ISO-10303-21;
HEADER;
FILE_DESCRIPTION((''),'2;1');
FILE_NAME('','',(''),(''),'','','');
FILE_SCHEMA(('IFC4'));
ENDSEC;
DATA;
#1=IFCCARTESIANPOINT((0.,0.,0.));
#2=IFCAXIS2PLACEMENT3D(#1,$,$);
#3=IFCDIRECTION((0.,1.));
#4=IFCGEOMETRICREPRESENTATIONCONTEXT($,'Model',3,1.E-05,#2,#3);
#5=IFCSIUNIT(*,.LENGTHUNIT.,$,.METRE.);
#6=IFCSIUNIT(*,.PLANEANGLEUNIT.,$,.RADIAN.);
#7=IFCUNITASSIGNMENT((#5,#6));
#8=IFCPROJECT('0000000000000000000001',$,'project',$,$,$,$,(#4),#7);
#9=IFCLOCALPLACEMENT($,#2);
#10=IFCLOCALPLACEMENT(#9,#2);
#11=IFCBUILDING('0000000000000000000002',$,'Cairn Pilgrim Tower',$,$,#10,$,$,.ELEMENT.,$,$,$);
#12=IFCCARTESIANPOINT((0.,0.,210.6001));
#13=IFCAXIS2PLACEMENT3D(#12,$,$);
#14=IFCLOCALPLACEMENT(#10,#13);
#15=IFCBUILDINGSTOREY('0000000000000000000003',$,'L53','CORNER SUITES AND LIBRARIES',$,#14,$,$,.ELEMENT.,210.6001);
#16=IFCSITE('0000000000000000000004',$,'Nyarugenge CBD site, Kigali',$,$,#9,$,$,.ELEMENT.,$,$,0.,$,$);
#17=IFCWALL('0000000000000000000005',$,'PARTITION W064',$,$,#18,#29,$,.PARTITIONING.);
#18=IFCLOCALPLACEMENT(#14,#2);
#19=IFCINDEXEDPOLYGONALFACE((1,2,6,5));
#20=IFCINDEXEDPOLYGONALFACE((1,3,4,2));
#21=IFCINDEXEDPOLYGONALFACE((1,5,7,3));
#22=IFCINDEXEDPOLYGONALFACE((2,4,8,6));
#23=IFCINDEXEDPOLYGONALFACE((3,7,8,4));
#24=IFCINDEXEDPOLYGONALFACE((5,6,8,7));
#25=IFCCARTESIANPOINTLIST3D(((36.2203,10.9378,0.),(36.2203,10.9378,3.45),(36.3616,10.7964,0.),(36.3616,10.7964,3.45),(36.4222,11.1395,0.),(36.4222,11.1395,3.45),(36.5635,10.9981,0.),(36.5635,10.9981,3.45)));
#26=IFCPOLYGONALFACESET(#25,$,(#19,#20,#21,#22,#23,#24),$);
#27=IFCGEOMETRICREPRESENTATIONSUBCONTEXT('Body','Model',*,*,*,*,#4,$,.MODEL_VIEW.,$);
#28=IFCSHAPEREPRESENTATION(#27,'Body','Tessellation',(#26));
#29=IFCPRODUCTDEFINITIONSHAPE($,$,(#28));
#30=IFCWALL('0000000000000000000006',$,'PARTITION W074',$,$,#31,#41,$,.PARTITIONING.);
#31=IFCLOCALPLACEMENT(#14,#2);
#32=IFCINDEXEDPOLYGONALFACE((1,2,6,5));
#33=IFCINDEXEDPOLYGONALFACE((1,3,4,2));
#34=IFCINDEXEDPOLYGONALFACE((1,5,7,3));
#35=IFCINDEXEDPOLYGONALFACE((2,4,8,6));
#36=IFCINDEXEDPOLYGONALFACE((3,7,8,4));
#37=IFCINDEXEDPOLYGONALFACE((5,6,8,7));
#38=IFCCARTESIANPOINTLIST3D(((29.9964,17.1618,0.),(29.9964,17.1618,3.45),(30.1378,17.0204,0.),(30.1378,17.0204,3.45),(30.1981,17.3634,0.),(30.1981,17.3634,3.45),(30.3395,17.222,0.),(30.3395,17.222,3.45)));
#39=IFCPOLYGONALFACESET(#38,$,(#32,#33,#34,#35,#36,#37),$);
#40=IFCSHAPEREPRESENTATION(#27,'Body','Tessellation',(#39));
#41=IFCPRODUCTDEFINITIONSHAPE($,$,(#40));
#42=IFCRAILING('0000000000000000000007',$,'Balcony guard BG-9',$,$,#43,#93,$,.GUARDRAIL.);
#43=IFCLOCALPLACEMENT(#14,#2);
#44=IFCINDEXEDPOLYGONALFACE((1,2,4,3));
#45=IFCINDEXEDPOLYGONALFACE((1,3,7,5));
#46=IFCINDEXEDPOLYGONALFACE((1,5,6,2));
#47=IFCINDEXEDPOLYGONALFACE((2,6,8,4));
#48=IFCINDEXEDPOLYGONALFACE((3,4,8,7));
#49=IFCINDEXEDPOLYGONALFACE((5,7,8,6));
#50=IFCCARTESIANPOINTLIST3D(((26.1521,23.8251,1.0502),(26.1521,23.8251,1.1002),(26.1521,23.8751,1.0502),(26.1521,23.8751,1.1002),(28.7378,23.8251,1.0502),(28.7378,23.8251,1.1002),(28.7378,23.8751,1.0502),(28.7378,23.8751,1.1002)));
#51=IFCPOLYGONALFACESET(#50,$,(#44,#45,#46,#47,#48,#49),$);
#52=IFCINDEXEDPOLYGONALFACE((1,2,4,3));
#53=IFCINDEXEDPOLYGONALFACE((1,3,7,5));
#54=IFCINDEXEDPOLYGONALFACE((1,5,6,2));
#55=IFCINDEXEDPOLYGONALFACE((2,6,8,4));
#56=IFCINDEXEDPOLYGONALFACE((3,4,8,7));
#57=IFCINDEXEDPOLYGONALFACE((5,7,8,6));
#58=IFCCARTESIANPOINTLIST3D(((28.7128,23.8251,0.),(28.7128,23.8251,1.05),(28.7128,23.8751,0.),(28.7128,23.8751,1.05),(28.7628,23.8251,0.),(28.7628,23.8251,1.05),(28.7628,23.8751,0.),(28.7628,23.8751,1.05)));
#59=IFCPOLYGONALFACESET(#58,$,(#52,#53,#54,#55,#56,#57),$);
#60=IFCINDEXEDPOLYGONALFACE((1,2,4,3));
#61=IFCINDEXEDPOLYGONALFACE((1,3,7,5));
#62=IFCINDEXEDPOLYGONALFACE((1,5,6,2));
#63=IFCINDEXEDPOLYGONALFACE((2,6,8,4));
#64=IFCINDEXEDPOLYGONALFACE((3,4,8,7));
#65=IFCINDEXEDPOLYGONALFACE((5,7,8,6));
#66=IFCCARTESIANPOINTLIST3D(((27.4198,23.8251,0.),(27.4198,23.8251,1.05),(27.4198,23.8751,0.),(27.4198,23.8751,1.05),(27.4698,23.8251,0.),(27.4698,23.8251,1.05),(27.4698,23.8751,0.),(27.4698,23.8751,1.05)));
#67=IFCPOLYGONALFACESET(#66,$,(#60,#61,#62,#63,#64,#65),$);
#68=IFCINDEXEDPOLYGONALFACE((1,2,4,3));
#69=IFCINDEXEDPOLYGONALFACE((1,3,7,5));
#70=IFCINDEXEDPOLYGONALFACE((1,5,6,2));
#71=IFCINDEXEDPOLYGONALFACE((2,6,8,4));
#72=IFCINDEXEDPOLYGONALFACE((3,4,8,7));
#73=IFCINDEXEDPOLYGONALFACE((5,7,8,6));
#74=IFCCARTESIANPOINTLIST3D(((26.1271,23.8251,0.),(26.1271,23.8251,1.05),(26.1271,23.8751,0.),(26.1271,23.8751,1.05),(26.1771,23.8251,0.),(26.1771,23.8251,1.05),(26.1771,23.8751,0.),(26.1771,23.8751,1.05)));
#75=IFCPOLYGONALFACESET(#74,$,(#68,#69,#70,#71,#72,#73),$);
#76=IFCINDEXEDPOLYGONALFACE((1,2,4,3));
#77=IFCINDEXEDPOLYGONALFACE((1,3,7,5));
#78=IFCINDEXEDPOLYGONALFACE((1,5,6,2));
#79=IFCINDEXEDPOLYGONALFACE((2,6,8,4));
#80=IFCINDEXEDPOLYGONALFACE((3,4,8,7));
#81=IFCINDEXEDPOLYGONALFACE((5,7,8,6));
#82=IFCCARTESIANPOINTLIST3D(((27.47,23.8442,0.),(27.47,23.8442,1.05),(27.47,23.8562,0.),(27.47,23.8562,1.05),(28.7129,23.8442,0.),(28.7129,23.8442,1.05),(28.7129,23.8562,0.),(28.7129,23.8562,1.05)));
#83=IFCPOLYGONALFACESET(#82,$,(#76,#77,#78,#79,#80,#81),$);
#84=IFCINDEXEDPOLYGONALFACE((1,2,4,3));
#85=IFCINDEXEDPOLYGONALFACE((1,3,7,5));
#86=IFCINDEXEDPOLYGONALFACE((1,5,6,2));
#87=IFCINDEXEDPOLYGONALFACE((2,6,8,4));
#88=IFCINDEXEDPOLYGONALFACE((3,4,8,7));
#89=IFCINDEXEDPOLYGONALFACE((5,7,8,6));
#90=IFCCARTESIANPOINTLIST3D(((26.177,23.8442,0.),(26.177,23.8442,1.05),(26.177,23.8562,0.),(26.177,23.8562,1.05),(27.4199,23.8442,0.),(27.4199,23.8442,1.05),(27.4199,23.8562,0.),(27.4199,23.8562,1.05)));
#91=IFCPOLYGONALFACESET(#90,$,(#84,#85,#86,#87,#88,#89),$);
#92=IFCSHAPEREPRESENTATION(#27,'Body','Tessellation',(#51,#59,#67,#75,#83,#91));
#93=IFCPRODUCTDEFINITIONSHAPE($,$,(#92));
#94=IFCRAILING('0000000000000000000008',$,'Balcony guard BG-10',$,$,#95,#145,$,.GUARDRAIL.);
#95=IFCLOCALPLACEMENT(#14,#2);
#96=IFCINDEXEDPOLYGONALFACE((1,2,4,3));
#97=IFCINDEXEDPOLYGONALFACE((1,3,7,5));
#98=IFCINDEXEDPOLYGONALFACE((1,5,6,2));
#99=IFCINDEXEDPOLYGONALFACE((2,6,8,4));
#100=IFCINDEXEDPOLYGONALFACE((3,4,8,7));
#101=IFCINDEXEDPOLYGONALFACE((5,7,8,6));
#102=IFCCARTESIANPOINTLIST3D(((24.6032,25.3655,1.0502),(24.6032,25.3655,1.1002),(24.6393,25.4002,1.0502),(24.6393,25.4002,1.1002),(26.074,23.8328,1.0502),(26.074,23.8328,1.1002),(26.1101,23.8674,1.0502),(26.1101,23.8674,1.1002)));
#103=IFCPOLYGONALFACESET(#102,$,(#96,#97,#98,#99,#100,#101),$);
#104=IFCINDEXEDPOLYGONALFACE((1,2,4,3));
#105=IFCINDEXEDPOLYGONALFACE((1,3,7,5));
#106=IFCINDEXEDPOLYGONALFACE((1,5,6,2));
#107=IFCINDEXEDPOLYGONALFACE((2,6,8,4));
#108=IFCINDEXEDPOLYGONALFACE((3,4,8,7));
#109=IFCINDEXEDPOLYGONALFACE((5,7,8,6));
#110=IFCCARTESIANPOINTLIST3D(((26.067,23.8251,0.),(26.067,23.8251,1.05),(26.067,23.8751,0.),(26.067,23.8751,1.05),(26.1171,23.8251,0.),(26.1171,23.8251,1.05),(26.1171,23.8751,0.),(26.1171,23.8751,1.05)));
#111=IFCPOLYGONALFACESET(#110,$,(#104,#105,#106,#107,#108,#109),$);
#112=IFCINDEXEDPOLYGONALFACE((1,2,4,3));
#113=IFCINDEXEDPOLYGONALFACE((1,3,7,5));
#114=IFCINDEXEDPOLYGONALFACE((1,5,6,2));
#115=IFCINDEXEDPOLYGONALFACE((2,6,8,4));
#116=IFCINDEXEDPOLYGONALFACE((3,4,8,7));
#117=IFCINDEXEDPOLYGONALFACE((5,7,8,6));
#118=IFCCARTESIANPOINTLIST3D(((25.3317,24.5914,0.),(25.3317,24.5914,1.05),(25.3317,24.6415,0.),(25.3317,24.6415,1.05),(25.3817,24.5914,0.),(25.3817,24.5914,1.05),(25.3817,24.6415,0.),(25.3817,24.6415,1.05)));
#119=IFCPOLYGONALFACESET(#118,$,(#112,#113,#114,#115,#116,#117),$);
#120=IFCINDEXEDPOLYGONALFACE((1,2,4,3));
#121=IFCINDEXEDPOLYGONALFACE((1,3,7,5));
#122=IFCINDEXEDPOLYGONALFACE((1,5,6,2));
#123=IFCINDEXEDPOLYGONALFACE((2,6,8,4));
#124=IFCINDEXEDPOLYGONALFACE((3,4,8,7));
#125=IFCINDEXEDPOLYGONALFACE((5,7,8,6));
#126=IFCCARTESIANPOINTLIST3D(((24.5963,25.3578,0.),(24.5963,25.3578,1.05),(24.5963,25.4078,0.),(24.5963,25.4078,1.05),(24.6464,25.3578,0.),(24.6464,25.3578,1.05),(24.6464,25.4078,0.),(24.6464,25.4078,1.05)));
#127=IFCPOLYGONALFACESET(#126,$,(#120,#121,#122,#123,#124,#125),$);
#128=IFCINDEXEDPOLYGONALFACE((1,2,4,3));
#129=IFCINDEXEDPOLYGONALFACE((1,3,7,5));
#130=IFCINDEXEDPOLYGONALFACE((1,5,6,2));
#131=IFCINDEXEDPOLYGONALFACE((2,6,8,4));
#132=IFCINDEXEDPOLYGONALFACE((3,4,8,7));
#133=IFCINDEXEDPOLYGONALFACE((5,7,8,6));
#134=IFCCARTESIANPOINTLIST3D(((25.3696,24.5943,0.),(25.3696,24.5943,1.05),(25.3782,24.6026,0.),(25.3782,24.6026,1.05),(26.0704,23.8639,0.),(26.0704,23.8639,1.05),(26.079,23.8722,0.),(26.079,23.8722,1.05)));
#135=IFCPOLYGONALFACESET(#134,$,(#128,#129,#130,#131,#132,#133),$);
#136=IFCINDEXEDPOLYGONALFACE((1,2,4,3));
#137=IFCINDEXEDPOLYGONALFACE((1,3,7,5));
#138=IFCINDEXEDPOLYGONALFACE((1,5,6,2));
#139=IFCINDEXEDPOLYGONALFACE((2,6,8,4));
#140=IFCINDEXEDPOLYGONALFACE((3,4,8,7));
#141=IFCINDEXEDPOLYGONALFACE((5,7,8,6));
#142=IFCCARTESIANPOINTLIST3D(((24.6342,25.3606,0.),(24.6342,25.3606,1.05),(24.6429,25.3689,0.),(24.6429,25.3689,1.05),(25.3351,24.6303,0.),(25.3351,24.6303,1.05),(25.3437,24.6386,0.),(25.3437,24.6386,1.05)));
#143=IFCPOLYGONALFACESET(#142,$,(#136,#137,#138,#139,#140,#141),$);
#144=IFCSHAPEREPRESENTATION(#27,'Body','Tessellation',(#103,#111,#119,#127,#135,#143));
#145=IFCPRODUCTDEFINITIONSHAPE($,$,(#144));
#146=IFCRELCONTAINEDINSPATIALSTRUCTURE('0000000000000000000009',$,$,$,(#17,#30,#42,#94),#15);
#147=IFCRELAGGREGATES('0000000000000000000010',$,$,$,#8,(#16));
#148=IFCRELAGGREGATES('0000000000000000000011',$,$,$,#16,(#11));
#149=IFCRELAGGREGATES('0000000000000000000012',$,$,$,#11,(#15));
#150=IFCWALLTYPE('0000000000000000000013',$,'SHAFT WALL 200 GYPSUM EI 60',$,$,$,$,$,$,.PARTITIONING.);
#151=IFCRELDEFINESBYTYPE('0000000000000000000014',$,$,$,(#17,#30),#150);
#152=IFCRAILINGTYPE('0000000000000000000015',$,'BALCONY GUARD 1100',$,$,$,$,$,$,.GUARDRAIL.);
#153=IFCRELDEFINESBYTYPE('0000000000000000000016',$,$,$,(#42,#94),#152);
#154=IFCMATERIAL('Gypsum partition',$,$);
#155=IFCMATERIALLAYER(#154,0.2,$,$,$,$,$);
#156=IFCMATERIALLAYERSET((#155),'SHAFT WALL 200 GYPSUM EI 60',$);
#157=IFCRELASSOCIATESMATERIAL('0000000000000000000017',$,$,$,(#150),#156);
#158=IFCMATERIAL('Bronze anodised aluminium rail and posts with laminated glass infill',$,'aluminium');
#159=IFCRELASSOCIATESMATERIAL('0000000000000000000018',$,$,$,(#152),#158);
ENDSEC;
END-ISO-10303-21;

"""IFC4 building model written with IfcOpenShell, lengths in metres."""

from ifc_helpers import new_model, si_unit, direction, frame, frame_2d, origin, origin_2d, place, context, subcontext, project, spatial, polyline, rectangle, outline, extrude, material, layer, layer_set, type_object, element, save


model = new_model("IFC4")

# Units and contexts
model_context = context("Model", 3, precision=1e-05, world=origin(), true_north=direction((0.0, 1.0)))
body_context = subcontext(model_context, "Body", "Model", "MODEL_VIEW")
ifc_project = project(units=[si_unit("LENGTHUNIT", "METRE"), si_unit("PLANEANGLEUNIT", "RADIAN")], contexts=[model_context])

# Site, building, storey
site_placement = place(None, origin())
site = spatial("IfcSite", under=ifc_project, at=site_placement, Name="Nyarugenge CBD site, Kigali", CompositionType="ELEMENT", RefElevation=0.0)
building_placement = place(site_placement, origin())
building = spatial("IfcBuilding", under=site, at=building_placement, Name="Cairn Pilgrim Tower", CompositionType="ELEMENT")
storey_placement = place(building_placement, frame((0.0, 0.0, 210.6001)))
storey = spatial("IfcBuildingStorey", under=building, at=storey_placement, Name="L53", Description="CORNER SUITES AND LIBRARIES", CompositionType="ELEMENT", Elevation=210.6001)

# Walls
ifc_material_1 = material(Name="Gypsum partition")
ifc_layer_1 = layer(ifc_material_1, 0.2)
ifc_layer_set_1 = layer_set([ifc_layer_1], Name="SHAFT WALL 200 GYPSUM EI 60")
wall_type_1 = type_object("IfcWallType", Name="SHAFT WALL 200 GYPSUM EI 60", PredefinedType="PARTITIONING", material=ifc_layer_set_1)
wall_1_placement = place(storey_placement, frame((36.291, 10.8672, 0.0), z_axis=(0.0, 0.0, 1.0), x_axis=(0.707534, 0.706679, 0.0)))
element("IfcWall", 1, at=wall_1_placement, inside=storey, type_object=wall_type_1, Name="PARTITION W064", PredefinedType="PARTITIONING", context=body_context, shape_type="SweptSolid", body=[
    extrude(rectangle(XDim=0.2854, YDim=0.2, at=frame_2d((0.1426, 0.0))), origin(), (0.0, 0.0, 1.0), 3.45),
])
wall_2_placement = place(storey_placement, frame((30.0671, 17.0911, 0.0), z_axis=(0.0, 0.0, 1.0), x_axis=(0.707107, 0.707107, 0.0)))
element("IfcWall", 2, at=wall_2_placement, inside=storey, type_object=wall_type_1, Name="PARTITION W074", PredefinedType="PARTITIONING", context=body_context, shape_type="SweptSolid", body=[
    extrude(rectangle(XDim=0.2852, YDim=0.2, at=frame_2d((0.1426, 0.0))), origin(), (0.0, 0.0, 1.0), 3.45),
])

# Railings
ifc_material_2 = material(Name="Bronze anodised aluminium rail and posts with laminated glass infill", Category="aluminium")
railing_type = type_object("IfcRailingType", Name="BALCONY GUARD 1100", PredefinedType="GUARDRAIL", material=ifc_material_2)
railing_1_placement = place(storey_placement, frame((28.7378, 23.8501, 0.0)))
element("IfcRailing", 3, at=railing_1_placement, inside=storey, type_object=railing_type, Name="Balcony guard BG-9", PredefinedType="GUARDRAIL", context=body_context, shape_type="SweptSolid", body=[
    extrude(rectangle(XDim=0.05, YDim=0.05, at=origin_2d()), frame((0.0, 0.0, 1.0752), z_axis=(-1.0, 0.0, 0.0), x_axis=(0.0, -1.0, 0.0)), (0.0, 0.0, 1.0), 2.5857),
    extrude(rectangle(XDim=0.05, YDim=0.05, at=origin_2d()), origin(), (0.0, 0.0, 1.0), 1.05),
    extrude(rectangle(XDim=0.05, YDim=0.05, at=origin_2d()), frame((-1.293, 0.0, 0.0)), (0.0, 0.0, 1.0), 1.05),
    extrude(rectangle(XDim=0.05, YDim=0.05, at=origin_2d()), frame((-2.5857, 0.0, 0.0)), (0.0, 0.0, 1.0), 1.05),
    extrude(outline(polyline([(0.0249, 0.0), (1.2678, 0.0), (1.2678, 1.05), (0.0249, 1.05), (0.0249, 0.0)])), frame((0.0, -0.0059, 0.0), z_axis=(0.0, 1.0, 0.0), x_axis=(-1.0, 0.0, 0.0)), (0.0, 0.0, 1.0), 0.012),
    extrude(outline(polyline([(0.0249, 0.0), (1.2678, 0.0), (1.2678, 1.05), (0.0249, 1.05), (0.0249, 0.0)])), frame((-1.293, -0.0059, 0.0), z_axis=(0.0, 1.0, 0.0), x_axis=(-1.0, 0.0, 0.0)), (0.0, 0.0, 1.0), 0.012),
])
railing_2_placement = place(storey_placement, frame((26.092, 23.8501, 0.0)))
element("IfcRailing", 4, at=railing_2_placement, inside=storey, type_object=railing_type, Name="Balcony guard BG-10", PredefinedType="GUARDRAIL", context=body_context, shape_type="SweptSolid", body=[
    extrude(rectangle(XDim=0.05, YDim=0.05, at=origin_2d()), frame((0.0, 0.0, 1.0752), z_axis=(-0.69236, 0.721553, 0.0), x_axis=(-0.721553, -0.69236, 0.0)), (0.0, 0.0, 1.0), 2.1243),
    extrude(rectangle(XDim=0.05, YDim=0.05, at=origin_2d()), origin(), (0.0, 0.0, 1.0), 1.05),
    extrude(rectangle(XDim=0.05, YDim=0.05, at=origin_2d()), frame((-0.7354, 0.7664, 0.0)), (0.0, 0.0, 1.0), 1.05),
    extrude(rectangle(XDim=0.05, YDim=0.05, at=origin_2d()), frame((-1.4707, 1.5327, 0.0)), (0.0, 0.0, 1.0), 1.05),
    extrude(outline(polyline([(0.0249, 0.0), (1.0371, 0.0), (1.0371, 1.05), (0.0249, 1.05), (0.0249, 0.0)])), frame((-0.0044, -0.0042, 0.0), z_axis=(0.721553, 0.69236, 0.0), x_axis=(-0.69236, 0.721553, 0.0)), (0.0, 0.0, 1.0), 0.012),
    extrude(outline(polyline([(0.0249, 0.0), (1.0371, 0.0), (1.0371, 1.05), (0.0249, 1.05), (0.0249, 0.0)])), frame((-0.7397, 0.7622, 0.0), z_axis=(0.721553, 0.69236, 0.0), x_axis=(-0.69236, 0.721553, 0.0)), (0.0, 0.0, 1.0), 0.012),
])

save(model, "model.ifc")
